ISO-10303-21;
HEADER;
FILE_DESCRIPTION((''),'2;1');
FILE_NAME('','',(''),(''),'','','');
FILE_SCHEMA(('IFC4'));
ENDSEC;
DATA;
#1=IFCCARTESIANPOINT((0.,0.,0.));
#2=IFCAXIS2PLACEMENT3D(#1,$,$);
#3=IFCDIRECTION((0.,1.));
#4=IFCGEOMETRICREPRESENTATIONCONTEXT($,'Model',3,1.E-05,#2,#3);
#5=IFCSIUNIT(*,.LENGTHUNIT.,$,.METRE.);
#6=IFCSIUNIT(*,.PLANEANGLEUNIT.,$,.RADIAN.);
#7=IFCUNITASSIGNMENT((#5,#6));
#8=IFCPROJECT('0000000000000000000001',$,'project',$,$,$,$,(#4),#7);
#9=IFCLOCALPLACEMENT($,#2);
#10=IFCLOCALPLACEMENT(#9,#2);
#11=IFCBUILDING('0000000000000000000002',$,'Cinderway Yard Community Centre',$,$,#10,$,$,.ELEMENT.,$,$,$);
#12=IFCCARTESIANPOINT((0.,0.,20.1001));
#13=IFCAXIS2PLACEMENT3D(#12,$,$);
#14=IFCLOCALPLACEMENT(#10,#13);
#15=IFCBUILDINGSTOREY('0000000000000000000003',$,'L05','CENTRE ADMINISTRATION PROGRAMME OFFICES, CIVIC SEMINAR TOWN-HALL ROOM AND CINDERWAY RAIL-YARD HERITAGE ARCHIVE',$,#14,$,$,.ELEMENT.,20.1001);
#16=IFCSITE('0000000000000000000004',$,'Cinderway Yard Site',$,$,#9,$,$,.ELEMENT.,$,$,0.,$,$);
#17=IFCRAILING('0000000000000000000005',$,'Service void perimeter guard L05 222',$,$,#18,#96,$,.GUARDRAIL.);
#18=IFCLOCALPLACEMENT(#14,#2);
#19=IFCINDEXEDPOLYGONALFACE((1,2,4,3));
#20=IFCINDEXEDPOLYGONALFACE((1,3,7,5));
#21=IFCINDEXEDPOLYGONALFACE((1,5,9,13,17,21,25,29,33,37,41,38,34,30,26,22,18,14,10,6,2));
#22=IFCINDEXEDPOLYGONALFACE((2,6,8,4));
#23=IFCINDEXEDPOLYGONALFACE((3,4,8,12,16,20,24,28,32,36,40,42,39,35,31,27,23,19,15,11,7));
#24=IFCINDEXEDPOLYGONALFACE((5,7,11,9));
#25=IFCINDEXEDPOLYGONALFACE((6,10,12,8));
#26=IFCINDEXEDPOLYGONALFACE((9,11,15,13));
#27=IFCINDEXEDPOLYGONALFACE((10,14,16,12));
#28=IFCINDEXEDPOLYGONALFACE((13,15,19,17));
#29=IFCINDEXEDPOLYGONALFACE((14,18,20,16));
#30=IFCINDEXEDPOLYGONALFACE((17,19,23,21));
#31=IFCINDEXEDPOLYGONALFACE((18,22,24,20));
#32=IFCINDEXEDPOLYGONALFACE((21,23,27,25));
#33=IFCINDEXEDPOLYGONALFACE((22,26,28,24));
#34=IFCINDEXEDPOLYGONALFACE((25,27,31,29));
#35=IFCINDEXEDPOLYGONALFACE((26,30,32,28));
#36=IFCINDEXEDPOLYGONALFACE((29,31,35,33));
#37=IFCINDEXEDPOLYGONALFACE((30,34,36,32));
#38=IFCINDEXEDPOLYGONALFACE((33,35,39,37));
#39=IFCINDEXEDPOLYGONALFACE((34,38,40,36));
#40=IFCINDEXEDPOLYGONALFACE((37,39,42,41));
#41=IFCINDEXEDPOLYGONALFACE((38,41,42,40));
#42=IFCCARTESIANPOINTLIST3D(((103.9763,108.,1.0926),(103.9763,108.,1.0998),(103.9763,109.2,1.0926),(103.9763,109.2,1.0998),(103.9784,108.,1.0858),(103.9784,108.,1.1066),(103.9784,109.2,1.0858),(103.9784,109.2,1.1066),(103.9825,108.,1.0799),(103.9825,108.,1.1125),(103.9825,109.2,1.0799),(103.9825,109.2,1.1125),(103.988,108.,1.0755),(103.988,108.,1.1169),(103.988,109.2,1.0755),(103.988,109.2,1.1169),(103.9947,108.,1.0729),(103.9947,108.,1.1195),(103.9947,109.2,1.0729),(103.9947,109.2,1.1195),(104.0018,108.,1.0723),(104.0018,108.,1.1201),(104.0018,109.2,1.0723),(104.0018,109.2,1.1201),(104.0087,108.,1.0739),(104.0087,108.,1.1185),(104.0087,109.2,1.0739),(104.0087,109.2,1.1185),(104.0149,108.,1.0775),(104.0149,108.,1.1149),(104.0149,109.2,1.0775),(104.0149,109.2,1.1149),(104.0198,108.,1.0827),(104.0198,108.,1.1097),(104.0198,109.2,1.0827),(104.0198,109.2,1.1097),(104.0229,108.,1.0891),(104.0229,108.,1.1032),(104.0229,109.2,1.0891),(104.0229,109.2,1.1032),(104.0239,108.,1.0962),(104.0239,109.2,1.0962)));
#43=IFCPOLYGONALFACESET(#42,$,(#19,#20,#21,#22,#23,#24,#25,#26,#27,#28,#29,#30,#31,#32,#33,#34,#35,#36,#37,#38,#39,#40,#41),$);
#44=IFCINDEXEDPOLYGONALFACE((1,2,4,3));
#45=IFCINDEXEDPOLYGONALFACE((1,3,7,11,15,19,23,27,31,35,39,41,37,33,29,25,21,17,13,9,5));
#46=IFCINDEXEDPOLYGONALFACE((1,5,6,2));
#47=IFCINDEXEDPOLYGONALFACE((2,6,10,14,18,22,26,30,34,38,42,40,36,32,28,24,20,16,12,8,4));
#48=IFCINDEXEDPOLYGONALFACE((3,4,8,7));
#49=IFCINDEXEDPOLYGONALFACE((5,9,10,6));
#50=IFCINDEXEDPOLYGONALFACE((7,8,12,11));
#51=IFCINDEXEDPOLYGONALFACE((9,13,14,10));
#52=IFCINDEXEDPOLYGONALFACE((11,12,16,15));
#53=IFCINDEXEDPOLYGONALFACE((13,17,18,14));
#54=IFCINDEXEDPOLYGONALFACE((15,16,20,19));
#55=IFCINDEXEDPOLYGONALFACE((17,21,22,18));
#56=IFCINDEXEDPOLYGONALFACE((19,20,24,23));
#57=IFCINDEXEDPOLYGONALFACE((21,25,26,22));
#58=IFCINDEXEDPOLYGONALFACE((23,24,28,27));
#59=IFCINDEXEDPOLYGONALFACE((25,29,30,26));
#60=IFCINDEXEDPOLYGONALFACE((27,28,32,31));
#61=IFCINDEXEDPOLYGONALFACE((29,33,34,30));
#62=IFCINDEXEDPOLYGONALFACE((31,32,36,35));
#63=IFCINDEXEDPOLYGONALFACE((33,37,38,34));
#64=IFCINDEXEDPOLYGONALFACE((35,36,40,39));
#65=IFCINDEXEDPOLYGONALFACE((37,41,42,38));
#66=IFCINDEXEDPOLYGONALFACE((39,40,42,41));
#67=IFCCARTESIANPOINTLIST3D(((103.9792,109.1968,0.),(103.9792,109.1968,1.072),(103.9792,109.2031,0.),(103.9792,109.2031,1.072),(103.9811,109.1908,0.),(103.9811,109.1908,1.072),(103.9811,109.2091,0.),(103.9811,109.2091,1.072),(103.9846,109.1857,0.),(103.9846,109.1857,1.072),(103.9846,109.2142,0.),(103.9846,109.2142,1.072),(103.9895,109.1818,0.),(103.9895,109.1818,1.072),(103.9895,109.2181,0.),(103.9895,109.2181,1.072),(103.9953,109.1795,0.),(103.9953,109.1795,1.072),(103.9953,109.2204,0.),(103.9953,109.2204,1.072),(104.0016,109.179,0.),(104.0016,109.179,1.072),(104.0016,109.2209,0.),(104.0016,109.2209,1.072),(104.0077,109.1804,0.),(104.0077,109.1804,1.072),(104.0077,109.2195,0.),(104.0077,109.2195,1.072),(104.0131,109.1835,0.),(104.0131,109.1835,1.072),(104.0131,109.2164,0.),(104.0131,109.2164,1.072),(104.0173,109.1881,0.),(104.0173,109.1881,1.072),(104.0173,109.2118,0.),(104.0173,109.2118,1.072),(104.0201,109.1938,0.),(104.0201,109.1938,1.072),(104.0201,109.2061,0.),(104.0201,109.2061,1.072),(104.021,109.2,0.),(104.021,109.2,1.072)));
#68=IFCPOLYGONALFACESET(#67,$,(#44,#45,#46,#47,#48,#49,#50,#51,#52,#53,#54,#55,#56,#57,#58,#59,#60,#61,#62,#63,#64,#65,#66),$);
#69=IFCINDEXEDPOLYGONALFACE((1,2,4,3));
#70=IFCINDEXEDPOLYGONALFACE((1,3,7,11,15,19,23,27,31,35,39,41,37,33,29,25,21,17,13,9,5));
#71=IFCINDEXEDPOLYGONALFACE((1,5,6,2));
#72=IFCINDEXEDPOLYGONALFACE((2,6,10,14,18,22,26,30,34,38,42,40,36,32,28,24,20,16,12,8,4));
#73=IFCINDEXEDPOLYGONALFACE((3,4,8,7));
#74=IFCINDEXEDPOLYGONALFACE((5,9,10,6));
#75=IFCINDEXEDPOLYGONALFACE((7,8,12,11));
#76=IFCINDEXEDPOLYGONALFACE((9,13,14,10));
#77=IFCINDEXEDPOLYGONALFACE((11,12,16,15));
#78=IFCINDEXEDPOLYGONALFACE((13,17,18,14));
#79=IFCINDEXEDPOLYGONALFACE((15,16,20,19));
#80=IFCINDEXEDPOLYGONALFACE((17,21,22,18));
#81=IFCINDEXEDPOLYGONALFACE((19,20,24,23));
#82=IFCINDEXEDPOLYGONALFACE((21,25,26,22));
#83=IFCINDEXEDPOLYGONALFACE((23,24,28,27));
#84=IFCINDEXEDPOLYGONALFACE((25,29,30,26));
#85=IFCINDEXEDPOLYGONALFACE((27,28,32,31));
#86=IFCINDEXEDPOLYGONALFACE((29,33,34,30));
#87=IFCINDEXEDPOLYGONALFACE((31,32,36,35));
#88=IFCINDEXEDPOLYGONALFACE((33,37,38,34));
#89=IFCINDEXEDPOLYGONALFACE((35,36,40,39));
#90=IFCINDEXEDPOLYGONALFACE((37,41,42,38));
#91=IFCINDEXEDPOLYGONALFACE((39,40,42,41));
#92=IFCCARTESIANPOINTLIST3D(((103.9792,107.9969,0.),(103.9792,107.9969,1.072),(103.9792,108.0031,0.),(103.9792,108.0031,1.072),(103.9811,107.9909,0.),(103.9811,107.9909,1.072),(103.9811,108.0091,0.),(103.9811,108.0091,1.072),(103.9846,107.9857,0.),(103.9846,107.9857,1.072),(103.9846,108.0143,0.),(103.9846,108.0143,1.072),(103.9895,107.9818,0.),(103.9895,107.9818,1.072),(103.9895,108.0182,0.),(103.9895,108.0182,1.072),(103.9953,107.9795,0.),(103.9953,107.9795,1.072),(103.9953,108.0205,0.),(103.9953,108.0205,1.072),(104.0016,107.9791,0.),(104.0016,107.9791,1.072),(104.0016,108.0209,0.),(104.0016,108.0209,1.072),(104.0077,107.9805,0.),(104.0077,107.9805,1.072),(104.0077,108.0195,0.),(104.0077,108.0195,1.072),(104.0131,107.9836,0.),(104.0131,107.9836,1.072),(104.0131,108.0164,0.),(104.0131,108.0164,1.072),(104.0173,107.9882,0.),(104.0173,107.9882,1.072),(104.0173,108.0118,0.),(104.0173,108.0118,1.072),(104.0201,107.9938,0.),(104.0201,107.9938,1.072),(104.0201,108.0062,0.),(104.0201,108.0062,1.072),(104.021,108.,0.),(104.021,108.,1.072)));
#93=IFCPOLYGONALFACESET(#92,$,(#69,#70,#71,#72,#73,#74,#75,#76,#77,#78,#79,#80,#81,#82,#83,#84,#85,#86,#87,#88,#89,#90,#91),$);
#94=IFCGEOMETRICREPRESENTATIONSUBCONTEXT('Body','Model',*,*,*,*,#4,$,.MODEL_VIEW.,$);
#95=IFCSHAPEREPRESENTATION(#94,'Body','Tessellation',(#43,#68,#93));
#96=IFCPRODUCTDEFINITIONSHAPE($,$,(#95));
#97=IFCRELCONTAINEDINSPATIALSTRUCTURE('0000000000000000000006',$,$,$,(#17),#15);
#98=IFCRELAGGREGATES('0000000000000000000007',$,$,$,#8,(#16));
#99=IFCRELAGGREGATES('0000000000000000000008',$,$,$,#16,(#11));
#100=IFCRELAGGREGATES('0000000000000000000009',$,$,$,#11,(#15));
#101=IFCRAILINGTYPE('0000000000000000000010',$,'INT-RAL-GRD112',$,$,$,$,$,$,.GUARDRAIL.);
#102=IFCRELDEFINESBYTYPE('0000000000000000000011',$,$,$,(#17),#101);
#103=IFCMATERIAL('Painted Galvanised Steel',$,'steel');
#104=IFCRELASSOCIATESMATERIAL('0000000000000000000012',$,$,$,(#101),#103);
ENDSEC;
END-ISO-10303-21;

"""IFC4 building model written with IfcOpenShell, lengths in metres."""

from ifc_helpers import new_model, si_unit, direction, frame, origin, origin_2d, place, context, subcontext, project, spatial, circle, extrude, material, type_object, element, save


model = new_model("IFC4")

# Units and contexts
model_context = context("Model", 3, precision=1e-05, world=origin(), true_north=direction((0.0, 1.0)))
body_context = subcontext(model_context, "Body", "Model", "MODEL_VIEW")
ifc_project = project(units=[si_unit("LENGTHUNIT", "METRE"), si_unit("PLANEANGLEUNIT", "RADIAN")], contexts=[model_context])

# Site, building, storey
site_placement = place(None, origin())
site = spatial("IfcSite", under=ifc_project, at=site_placement, Name="Cinderway Yard Site", CompositionType="ELEMENT", RefElevation=0.0)
building_placement = place(site_placement, origin())
building = spatial("IfcBuilding", under=site, at=building_placement, Name="Cinderway Yard Community Centre", CompositionType="ELEMENT")
storey_placement = place(building_placement, frame((0.0, 0.0, 20.1001)))
storey = spatial("IfcBuildingStorey", under=building, at=storey_placement, Name="L05", Description="CENTRE ADMINISTRATION PROGRAMME OFFICES, CIVIC SEMINAR TOWN-HALL ROOM AND CINDERWAY RAIL-YARD HERITAGE ARCHIVE", CompositionType="ELEMENT", Elevation=20.1001)

# Railing
ifc_material_1 = material(Name="Painted Galvanised Steel", Category="steel")
railing_type = type_object("IfcRailingType", Name="INT-RAL-GRD112", PredefinedType="GUARDRAIL", material=ifc_material_1)
railing_1_placement = place(storey_placement, frame((104.0, 109.2, 0.0)))
element("IfcRailing", 1, at=railing_1_placement, inside=storey, type_object=railing_type, Name="Service void perimeter guard L05 222", PredefinedType="GUARDRAIL", context=body_context, shape_type="SweptSolid", body=[
    extrude(circle(Radius=0.0239, at=origin_2d()), frame((0.0, 0.0, 1.0962), z_axis=(0.0, -1.0, 0.0), x_axis=(1.0, 0.0, 0.0)), (0.0, 0.0, 1.0), 1.2),
    extrude(circle(Radius=0.021, at=origin_2d()), origin(), (0.0, 0.0, 1.0), 1.072),
    extrude(circle(Radius=0.021, at=origin_2d()), frame((0.0, -1.2, 0.0)), (0.0, 0.0, 1.0), 1.072),
])

save(model, "model.ifc")
